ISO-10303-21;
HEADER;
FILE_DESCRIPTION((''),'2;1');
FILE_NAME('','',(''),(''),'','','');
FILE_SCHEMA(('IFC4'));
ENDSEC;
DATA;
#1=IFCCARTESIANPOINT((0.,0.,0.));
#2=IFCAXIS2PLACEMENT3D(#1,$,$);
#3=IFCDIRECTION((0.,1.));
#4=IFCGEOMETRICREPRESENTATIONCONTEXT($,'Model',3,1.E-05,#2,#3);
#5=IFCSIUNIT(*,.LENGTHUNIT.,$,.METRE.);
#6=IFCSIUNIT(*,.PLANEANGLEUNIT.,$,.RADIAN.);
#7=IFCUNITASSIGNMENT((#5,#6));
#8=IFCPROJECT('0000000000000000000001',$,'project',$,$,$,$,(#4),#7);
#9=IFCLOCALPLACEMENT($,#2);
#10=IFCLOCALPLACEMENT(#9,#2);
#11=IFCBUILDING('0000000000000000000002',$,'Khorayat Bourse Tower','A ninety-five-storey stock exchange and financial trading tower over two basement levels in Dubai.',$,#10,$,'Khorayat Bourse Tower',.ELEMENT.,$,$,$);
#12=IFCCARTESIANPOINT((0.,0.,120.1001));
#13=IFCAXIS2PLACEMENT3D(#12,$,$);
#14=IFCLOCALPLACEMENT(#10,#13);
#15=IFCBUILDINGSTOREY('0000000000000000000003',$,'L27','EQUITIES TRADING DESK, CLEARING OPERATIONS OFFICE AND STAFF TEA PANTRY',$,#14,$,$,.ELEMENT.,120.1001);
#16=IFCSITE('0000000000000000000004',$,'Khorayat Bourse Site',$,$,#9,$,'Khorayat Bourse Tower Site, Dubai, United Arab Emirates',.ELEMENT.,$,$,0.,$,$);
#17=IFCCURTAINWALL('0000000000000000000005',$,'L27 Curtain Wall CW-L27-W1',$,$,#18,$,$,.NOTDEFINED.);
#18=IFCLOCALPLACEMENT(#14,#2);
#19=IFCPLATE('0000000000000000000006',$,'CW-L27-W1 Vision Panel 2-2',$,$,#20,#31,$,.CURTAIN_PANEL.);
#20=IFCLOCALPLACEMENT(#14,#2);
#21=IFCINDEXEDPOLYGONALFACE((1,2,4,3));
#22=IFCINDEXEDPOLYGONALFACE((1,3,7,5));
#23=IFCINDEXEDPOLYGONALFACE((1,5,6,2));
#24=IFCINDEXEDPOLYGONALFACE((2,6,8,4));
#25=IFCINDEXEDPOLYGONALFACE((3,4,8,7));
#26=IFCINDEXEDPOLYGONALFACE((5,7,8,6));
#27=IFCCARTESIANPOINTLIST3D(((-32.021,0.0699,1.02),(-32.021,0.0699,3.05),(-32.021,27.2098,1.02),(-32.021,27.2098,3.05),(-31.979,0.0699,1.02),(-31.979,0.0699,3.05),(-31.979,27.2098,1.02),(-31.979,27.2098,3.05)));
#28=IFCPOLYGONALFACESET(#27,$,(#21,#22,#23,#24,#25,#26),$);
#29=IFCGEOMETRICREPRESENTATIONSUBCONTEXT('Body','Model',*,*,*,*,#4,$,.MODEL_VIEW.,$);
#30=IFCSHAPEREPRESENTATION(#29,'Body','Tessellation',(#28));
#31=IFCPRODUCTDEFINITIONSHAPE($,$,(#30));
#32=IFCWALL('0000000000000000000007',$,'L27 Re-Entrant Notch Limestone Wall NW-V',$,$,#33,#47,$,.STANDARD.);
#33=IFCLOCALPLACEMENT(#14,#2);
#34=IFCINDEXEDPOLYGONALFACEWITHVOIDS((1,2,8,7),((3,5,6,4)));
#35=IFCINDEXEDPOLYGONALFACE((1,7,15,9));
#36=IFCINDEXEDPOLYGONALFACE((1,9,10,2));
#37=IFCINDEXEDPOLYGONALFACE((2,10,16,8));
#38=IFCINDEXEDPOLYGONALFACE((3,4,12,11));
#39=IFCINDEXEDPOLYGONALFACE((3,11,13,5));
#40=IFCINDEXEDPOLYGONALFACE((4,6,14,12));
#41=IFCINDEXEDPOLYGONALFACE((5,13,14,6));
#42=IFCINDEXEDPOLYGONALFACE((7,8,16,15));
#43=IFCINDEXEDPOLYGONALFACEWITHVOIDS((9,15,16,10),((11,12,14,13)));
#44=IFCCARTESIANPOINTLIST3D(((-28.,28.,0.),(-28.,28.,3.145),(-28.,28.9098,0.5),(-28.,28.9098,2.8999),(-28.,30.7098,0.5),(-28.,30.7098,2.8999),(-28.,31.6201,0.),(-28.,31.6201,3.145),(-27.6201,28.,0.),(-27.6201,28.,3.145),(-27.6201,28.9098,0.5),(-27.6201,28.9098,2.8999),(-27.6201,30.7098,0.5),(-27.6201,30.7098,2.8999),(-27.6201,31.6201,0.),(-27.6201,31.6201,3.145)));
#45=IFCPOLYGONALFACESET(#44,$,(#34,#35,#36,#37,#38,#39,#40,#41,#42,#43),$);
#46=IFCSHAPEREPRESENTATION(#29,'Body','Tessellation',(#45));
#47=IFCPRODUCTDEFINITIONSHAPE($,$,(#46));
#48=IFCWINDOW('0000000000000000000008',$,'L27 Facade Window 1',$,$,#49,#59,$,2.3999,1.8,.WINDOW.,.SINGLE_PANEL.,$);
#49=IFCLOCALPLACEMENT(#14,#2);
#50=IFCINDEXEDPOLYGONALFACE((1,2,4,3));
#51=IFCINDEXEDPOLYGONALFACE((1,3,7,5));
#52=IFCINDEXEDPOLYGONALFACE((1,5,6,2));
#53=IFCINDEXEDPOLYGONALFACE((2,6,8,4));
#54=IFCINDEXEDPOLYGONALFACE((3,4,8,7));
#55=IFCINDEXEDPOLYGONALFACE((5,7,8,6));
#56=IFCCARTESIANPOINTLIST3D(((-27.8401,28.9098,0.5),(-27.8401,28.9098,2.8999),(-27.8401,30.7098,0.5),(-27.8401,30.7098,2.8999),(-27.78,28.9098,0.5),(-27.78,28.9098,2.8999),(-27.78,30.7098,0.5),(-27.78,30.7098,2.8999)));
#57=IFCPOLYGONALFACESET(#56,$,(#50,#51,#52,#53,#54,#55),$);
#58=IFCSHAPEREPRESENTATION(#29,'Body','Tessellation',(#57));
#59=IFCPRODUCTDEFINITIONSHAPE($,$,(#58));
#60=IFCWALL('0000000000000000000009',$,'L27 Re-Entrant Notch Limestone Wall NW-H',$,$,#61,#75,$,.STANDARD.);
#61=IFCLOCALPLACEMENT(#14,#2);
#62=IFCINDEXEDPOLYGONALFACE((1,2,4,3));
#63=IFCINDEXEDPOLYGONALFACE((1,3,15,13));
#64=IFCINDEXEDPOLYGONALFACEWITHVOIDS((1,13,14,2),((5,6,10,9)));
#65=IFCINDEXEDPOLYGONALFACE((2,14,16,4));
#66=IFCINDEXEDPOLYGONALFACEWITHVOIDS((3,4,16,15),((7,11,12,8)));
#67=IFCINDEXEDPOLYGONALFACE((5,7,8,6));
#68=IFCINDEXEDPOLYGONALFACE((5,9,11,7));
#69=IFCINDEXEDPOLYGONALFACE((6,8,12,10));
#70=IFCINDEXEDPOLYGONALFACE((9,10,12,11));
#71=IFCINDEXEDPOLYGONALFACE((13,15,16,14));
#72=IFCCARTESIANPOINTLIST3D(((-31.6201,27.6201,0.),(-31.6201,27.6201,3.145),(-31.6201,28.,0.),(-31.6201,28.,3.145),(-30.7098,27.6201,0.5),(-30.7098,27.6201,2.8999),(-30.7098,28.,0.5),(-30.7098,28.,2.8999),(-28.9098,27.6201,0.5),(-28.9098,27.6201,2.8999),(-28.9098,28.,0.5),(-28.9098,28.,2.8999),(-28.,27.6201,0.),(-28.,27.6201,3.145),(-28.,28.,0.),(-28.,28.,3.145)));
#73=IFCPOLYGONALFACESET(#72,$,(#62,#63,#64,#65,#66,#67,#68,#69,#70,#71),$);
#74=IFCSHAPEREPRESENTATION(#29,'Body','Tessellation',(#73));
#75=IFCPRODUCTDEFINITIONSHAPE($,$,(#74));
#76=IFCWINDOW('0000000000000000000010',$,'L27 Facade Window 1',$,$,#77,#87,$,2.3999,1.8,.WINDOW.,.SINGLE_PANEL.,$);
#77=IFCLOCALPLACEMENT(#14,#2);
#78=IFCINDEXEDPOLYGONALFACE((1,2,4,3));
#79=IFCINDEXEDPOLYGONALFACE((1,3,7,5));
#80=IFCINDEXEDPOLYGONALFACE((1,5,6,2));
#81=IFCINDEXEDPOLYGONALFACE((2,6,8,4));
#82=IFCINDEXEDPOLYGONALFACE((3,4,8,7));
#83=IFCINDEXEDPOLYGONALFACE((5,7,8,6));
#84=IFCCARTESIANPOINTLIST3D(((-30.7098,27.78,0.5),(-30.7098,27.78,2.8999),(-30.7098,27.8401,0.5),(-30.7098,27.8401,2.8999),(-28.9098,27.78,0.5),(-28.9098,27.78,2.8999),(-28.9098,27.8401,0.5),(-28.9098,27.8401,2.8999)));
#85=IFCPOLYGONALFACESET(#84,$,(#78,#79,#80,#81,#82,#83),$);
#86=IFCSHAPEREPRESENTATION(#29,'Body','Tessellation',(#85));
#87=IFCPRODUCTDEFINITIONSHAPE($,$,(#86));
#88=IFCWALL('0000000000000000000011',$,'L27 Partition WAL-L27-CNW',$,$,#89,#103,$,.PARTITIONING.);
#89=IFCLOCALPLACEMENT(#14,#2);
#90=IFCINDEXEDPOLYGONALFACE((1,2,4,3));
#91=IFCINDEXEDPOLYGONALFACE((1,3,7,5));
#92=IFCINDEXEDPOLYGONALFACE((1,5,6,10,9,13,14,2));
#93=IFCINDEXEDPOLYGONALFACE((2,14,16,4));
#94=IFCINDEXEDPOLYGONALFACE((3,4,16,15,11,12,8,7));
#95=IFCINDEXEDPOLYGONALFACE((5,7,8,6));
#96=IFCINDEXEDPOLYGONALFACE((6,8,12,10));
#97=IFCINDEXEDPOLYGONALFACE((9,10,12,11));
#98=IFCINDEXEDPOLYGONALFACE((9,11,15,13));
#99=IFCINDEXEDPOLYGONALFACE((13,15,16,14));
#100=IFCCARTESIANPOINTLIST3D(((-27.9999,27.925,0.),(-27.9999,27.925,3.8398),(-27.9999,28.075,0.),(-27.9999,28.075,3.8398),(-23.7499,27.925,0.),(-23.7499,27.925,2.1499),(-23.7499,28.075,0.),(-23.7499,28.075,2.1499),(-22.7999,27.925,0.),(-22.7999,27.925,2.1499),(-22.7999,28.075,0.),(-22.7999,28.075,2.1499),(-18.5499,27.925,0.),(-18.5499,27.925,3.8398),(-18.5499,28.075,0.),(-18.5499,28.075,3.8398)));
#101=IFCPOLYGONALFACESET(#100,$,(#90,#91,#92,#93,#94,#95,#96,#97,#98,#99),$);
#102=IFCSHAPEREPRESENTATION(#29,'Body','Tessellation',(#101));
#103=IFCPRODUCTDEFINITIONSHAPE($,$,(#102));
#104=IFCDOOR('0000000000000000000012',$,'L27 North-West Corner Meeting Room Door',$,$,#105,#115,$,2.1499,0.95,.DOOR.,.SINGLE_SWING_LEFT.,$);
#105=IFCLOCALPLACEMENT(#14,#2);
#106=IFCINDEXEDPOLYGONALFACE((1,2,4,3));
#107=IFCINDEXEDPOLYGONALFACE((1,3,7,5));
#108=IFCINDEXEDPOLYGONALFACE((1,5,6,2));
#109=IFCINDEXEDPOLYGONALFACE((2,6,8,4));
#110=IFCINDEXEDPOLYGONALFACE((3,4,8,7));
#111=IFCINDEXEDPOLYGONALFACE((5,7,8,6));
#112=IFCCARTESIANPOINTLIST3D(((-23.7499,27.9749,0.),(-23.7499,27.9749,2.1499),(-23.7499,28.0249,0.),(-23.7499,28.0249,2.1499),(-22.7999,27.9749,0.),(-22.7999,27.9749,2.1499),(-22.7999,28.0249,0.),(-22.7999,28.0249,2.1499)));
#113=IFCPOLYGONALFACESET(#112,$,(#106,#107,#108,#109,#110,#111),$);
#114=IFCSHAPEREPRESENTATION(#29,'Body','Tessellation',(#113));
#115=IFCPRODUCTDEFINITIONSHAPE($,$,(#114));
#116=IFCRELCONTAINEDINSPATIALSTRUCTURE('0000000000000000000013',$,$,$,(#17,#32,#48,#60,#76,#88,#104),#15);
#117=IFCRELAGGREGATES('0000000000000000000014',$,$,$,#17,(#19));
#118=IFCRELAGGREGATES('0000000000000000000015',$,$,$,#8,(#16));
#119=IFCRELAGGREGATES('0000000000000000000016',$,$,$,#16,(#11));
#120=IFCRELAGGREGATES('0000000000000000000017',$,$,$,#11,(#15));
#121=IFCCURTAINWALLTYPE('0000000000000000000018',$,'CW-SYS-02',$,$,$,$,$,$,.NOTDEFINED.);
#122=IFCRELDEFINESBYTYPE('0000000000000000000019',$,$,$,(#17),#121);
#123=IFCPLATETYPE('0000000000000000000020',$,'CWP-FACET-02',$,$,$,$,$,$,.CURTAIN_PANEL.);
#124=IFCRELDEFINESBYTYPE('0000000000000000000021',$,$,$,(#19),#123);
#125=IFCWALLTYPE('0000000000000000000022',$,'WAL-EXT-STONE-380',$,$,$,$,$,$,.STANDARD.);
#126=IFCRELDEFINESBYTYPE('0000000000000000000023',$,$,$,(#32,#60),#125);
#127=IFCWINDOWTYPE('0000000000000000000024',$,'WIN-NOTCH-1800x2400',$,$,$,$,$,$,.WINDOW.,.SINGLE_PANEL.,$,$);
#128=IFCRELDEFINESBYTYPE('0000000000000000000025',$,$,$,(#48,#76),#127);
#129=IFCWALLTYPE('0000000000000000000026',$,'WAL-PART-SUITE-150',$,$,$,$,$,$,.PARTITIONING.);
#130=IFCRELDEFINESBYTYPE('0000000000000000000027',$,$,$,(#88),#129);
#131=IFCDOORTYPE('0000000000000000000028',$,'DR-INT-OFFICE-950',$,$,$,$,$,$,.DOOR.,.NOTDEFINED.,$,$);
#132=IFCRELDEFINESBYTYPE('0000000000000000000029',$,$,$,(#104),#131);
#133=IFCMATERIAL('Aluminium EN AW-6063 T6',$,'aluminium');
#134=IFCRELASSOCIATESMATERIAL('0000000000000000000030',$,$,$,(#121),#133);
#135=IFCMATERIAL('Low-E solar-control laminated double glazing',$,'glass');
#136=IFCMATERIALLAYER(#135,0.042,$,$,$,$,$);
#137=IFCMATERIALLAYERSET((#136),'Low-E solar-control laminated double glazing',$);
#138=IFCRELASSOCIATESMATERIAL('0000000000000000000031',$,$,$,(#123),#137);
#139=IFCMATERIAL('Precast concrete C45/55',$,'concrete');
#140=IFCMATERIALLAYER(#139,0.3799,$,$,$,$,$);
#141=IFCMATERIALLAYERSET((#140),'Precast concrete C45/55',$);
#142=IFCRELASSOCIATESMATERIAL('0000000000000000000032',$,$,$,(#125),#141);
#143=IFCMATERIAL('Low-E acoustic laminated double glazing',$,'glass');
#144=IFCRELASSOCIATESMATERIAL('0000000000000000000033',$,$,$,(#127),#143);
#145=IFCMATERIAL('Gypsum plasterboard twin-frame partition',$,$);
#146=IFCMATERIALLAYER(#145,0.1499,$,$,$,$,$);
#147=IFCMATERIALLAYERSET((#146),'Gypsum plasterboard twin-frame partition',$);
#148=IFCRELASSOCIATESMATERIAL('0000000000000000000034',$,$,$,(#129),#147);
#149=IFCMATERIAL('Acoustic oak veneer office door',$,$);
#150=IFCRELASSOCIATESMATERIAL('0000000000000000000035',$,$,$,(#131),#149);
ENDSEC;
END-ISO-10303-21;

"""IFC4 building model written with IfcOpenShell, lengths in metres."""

from ifc_helpers import new_model, si_unit, direction, frame, frame_2d, origin, origin_2d, place, context, subcontext, project, spatial, rectangle, extrude, source, transform, mapped, material, layer, layer_set, type_object, element, fill, aggregate, save


model = new_model("IFC4")

# Units and contexts
model_context = context("Model", 3, precision=1e-05, world=origin(), true_north=direction((0.0, 1.0)))
body_context = subcontext(model_context, "Body", "Model", "MODEL_VIEW")
ifc_project = project(units=[si_unit("LENGTHUNIT", "METRE"), si_unit("PLANEANGLEUNIT", "RADIAN")], contexts=[model_context])

# Site, building, storey
site_placement = place(None, origin())
site = spatial("IfcSite", under=ifc_project, at=site_placement, Name="Khorayat Bourse Site", LongName="Khorayat Bourse Tower Site, Dubai, United Arab Emirates", CompositionType="ELEMENT", RefElevation=0.0)
building_placement = place(site_placement, origin())
building = spatial("IfcBuilding", under=site, at=building_placement, Name="Khorayat Bourse Tower", Description="A ninety-five-storey stock exchange and financial trading tower over two basement levels in Dubai.", LongName="Khorayat Bourse Tower", CompositionType="ELEMENT")
storey_placement = place(building_placement, frame((0.0, 0.0, 120.1001)))
storey = spatial("IfcBuildingStorey", under=building, at=storey_placement, Name="L27", Description="EQUITIES TRADING DESK, CLEARING OPERATIONS OFFICE AND STAFF TEA PANTRY", CompositionType="ELEMENT", Elevation=120.1001)

# Shared definitions
ifc_material_1 = material(Name="Aluminium EN AW-6063 T6", Category="aluminium")
curtain_wall_type = type_object("IfcCurtainWallType", Name="CW-SYS-02", PredefinedType="NOTDEFINED", material=ifc_material_1)

# Curtain wall
curtain_wall_1_placement = place(storey_placement, origin())
curtain_wall_1 = element("IfcCurtainWall", 1, at=curtain_wall_1_placement, inside=storey, type_object=curtain_wall_type, Name="L27 Curtain Wall CW-L27-W1", PredefinedType="NOTDEFINED")

# Plate
ifc_material_2 = material(Name="Low-E solar-control laminated double glazing", Category="glass")
ifc_layer_1 = layer(ifc_material_2, 0.042)
ifc_layer_set_1 = layer_set([ifc_layer_1], Name="Low-E solar-control laminated double glazing")
plate_type_1 = type_object("IfcPlateType", Name="CWP-FACET-02", PredefinedType="CURTAIN_PANEL", material=ifc_layer_set_1)
shared_shape_1 = source(origin(), body_context, "Body", "SweptSolid", [
    extrude(rectangle(XDim=27.1399, YDim=0.042, at=origin_2d()), origin(), (0.0, 0.0, 1.0), 2.03),
])
plate_1_placement = place(storey_placement, frame((-32.0, 13.6399, 1.02), z_axis=(0.0, 0.0, 1.0), x_axis=(0.0, 1.0, 0.0)))
plate_1 = element("IfcPlate", 2, at=plate_1_placement, type_object=plate_type_1, Name="CW-L27-W1 Vision Panel 2-2", PredefinedType="CURTAIN_PANEL", context=body_context, shape_type="MappedRepresentation", body=[
    mapped(shared_shape_1, transform((0.0, 0.0, 0.0), scale=1.0)),
])
aggregate(curtain_wall_1, [plate_1])

# Walls, openings, windows
ifc_material_3 = material(Name="Precast concrete C45/55", Category="concrete")
ifc_layer_2 = layer(ifc_material_3, 0.3799)
ifc_layer_set_2 = layer_set([ifc_layer_2], Name="Precast concrete C45/55")
wall_type_1 = type_object("IfcWallType", Name="WAL-EXT-STONE-380", PredefinedType="STANDARD", material=ifc_layer_set_2)
shared_shape_2 = source(origin(), body_context, "Body", "SweptSolid", [
    extrude(rectangle(XDim=3.6201, YDim=0.3799, at=frame_2d((1.8101, 0.0))), origin(), (0.0, 0.0, 1.0), 3.145),
])
wall_1_placement = place(storey_placement, frame((-27.8101, 28.0, 0.0), z_axis=(0.0, 0.0, 1.0), x_axis=(0.0, 1.0, 0.0)))
wall_1 = element("IfcWall", 3, at=wall_1_placement, inside=storey, type_object=wall_type_1, Name="L27 Re-Entrant Notch Limestone Wall NW-V", PredefinedType="STANDARD", context=body_context, shape_type="MappedRepresentation", body=[
    mapped(shared_shape_2, transform((0.0, 0.0, 0.0), scale=1.0)),
])
shared_shape_3 = source(origin(), body_context, "Body", "SweptSolid", [
    extrude(rectangle(XDim=1.8, YDim=2.3999, at=frame_2d((0.8999, 1.2))), frame((0.0, 0.2, 0.0), z_axis=(0.0, -1.0, 0.0), x_axis=(1.0, 0.0, 0.0)), (0.0, 0.0, 1.0), 0.3999),
])
opening_1_placement = place(wall_1_placement, frame((0.9099, 0.0, 0.5)))
opening_1 = element("IfcOpeningElement", 4, at=opening_1_placement, cuts=wall_1, PredefinedType="OPENING", context=body_context, shape_type="MappedRepresentation", body=[
    mapped(shared_shape_3, transform((0.0, 0.0, 0.0), scale=1.0)),
])
ifc_material_4 = material(Name="Low-E acoustic laminated double glazing", Category="glass")
window_type = type_object("IfcWindowType", Name="WIN-NOTCH-1800x2400", PartitioningType="SINGLE_PANEL", PredefinedType="WINDOW", material=ifc_material_4)
shared_shape_4 = source(origin(), body_context, "Body", "SweptSolid", [
    extrude(rectangle(XDim=1.8, YDim=2.3999, at=frame_2d((0.8999, 1.2))), frame((0.0, 0.03, 0.0), z_axis=(0.0, -1.0, 0.0), x_axis=(1.0, 0.0, 0.0)), (0.0, 0.0, 1.0), 0.0601),
])
window_1_placement = place(opening_1_placement, origin())
window_1 = element("IfcWindow", 5, at=window_1_placement, inside=storey, type_object=window_type, Name="L27 Facade Window 1", OverallHeight=2.3999, OverallWidth=1.8, PartitioningType="SINGLE_PANEL", PredefinedType="WINDOW", context=body_context, shape_type="MappedRepresentation", body=[
    mapped(shared_shape_4, transform((0.0, 0.0, 0.0), scale=1.0)),
])
fill(opening_1, window_1)
wall_2_placement = place(storey_placement, frame((-28.0, 27.8101, 0.0), z_axis=(0.0, 0.0, 1.0), x_axis=(-1.0, 0.0, 0.0)))
wall_2 = element("IfcWall", 6, at=wall_2_placement, inside=storey, type_object=wall_type_1, Name="L27 Re-Entrant Notch Limestone Wall NW-H", PredefinedType="STANDARD", context=body_context, shape_type="MappedRepresentation", body=[
    mapped(shared_shape_2, transform((0.0, 0.0, 0.0), scale=1.0)),
])
opening_2_placement = place(wall_2_placement, frame((0.9099, 0.0, 0.5)))
opening_2 = element("IfcOpeningElement", 7, at=opening_2_placement, cuts=wall_2, PredefinedType="OPENING", context=body_context, shape_type="MappedRepresentation", body=[
    mapped(shared_shape_3, transform((0.0, 0.0, 0.0), scale=1.0)),
])
window_2_placement = place(opening_2_placement, origin())
window_2 = element("IfcWindow", 8, at=window_2_placement, inside=storey, type_object=window_type, Name="L27 Facade Window 1", OverallHeight=2.3999, OverallWidth=1.8, PartitioningType="SINGLE_PANEL", PredefinedType="WINDOW", context=body_context, shape_type="MappedRepresentation", body=[
    mapped(shared_shape_4, transform((0.0, 0.0, 0.0), scale=1.0)),
])
fill(opening_2, window_2)

# Wall, opening, door
ifc_material_5 = material(Name="Gypsum plasterboard twin-frame partition")
ifc_layer_3 = layer(ifc_material_5, 0.1499)
ifc_layer_set_3 = layer_set([ifc_layer_3], Name="Gypsum plasterboard twin-frame partition")
wall_type_2 = type_object("IfcWallType", Name="WAL-PART-SUITE-150", PredefinedType="PARTITIONING", material=ifc_layer_set_3)
shared_shape_5 = source(origin(), body_context, "Body", "SweptSolid", [
    extrude(rectangle(XDim=9.45, YDim=0.1499, at=frame_2d((4.7251, 0.0))), origin(), (0.0, 0.0, 1.0), 3.8398),
])
wall_3_placement = place(storey_placement, frame((-28.0, 28.0, 0.0), z_axis=(0.0, 0.0, 1.0), x_axis=(1.0, 0.0, 0.0)))
wall_3 = element("IfcWall", 9, at=wall_3_placement, inside=storey, type_object=wall_type_2, Name="L27 Partition WAL-L27-CNW", PredefinedType="PARTITIONING", context=body_context, shape_type="MappedRepresentation", body=[
    mapped(shared_shape_5, transform((0.0, 0.0, 0.0), scale=1.0)),
])
shared_shape_6 = source(origin(), body_context, "Body", "SweptSolid", [
    extrude(rectangle(XDim=0.95, YDim=2.1499, at=frame_2d((0.4751, 1.075))), frame((0.0, 0.085, 0.0), z_axis=(0.0, -1.0, 0.0), x_axis=(1.0, 0.0, 0.0)), (0.0, 0.0, 1.0), 0.1699),
])
opening_3_placement = place(wall_3_placement, frame((4.25, 0.0, 0.0)))
opening_3 = element("IfcOpeningElement", 10, at=opening_3_placement, cuts=wall_3, PredefinedType="OPENING", context=body_context, shape_type="MappedRepresentation", body=[
    mapped(shared_shape_6, transform((0.0, 0.0, 0.0), scale=1.0)),
])
ifc_material_6 = material(Name="Acoustic oak veneer office door")
door_type = type_object("IfcDoorType", Name="DR-INT-OFFICE-950", OperationType="NOTDEFINED", PredefinedType="DOOR", material=ifc_material_6)
shared_shape_7 = source(origin(), body_context, "Body", "SweptSolid", [
    extrude(rectangle(XDim=0.95, YDim=2.1499, at=frame_2d((0.4751, 1.075))), frame((0.0, 0.0249, 0.0), z_axis=(0.0, -1.0, 0.0), x_axis=(1.0, 0.0, 0.0)), (0.0, 0.0, 1.0), 0.05),
])
door_placement = place(opening_3_placement, origin())
door = element("IfcDoor", 11, at=door_placement, inside=storey, type_object=door_type, Name="L27 North-West Corner Meeting Room Door", OperationType="SINGLE_SWING_LEFT", OverallHeight=2.1499, OverallWidth=0.95, PredefinedType="DOOR", context=body_context, shape_type="MappedRepresentation", body=[
    mapped(shared_shape_7, transform((0.0, 0.0, 0.0), scale=1.0)),
])
fill(opening_3, door)

save(model, "model.ifc")
